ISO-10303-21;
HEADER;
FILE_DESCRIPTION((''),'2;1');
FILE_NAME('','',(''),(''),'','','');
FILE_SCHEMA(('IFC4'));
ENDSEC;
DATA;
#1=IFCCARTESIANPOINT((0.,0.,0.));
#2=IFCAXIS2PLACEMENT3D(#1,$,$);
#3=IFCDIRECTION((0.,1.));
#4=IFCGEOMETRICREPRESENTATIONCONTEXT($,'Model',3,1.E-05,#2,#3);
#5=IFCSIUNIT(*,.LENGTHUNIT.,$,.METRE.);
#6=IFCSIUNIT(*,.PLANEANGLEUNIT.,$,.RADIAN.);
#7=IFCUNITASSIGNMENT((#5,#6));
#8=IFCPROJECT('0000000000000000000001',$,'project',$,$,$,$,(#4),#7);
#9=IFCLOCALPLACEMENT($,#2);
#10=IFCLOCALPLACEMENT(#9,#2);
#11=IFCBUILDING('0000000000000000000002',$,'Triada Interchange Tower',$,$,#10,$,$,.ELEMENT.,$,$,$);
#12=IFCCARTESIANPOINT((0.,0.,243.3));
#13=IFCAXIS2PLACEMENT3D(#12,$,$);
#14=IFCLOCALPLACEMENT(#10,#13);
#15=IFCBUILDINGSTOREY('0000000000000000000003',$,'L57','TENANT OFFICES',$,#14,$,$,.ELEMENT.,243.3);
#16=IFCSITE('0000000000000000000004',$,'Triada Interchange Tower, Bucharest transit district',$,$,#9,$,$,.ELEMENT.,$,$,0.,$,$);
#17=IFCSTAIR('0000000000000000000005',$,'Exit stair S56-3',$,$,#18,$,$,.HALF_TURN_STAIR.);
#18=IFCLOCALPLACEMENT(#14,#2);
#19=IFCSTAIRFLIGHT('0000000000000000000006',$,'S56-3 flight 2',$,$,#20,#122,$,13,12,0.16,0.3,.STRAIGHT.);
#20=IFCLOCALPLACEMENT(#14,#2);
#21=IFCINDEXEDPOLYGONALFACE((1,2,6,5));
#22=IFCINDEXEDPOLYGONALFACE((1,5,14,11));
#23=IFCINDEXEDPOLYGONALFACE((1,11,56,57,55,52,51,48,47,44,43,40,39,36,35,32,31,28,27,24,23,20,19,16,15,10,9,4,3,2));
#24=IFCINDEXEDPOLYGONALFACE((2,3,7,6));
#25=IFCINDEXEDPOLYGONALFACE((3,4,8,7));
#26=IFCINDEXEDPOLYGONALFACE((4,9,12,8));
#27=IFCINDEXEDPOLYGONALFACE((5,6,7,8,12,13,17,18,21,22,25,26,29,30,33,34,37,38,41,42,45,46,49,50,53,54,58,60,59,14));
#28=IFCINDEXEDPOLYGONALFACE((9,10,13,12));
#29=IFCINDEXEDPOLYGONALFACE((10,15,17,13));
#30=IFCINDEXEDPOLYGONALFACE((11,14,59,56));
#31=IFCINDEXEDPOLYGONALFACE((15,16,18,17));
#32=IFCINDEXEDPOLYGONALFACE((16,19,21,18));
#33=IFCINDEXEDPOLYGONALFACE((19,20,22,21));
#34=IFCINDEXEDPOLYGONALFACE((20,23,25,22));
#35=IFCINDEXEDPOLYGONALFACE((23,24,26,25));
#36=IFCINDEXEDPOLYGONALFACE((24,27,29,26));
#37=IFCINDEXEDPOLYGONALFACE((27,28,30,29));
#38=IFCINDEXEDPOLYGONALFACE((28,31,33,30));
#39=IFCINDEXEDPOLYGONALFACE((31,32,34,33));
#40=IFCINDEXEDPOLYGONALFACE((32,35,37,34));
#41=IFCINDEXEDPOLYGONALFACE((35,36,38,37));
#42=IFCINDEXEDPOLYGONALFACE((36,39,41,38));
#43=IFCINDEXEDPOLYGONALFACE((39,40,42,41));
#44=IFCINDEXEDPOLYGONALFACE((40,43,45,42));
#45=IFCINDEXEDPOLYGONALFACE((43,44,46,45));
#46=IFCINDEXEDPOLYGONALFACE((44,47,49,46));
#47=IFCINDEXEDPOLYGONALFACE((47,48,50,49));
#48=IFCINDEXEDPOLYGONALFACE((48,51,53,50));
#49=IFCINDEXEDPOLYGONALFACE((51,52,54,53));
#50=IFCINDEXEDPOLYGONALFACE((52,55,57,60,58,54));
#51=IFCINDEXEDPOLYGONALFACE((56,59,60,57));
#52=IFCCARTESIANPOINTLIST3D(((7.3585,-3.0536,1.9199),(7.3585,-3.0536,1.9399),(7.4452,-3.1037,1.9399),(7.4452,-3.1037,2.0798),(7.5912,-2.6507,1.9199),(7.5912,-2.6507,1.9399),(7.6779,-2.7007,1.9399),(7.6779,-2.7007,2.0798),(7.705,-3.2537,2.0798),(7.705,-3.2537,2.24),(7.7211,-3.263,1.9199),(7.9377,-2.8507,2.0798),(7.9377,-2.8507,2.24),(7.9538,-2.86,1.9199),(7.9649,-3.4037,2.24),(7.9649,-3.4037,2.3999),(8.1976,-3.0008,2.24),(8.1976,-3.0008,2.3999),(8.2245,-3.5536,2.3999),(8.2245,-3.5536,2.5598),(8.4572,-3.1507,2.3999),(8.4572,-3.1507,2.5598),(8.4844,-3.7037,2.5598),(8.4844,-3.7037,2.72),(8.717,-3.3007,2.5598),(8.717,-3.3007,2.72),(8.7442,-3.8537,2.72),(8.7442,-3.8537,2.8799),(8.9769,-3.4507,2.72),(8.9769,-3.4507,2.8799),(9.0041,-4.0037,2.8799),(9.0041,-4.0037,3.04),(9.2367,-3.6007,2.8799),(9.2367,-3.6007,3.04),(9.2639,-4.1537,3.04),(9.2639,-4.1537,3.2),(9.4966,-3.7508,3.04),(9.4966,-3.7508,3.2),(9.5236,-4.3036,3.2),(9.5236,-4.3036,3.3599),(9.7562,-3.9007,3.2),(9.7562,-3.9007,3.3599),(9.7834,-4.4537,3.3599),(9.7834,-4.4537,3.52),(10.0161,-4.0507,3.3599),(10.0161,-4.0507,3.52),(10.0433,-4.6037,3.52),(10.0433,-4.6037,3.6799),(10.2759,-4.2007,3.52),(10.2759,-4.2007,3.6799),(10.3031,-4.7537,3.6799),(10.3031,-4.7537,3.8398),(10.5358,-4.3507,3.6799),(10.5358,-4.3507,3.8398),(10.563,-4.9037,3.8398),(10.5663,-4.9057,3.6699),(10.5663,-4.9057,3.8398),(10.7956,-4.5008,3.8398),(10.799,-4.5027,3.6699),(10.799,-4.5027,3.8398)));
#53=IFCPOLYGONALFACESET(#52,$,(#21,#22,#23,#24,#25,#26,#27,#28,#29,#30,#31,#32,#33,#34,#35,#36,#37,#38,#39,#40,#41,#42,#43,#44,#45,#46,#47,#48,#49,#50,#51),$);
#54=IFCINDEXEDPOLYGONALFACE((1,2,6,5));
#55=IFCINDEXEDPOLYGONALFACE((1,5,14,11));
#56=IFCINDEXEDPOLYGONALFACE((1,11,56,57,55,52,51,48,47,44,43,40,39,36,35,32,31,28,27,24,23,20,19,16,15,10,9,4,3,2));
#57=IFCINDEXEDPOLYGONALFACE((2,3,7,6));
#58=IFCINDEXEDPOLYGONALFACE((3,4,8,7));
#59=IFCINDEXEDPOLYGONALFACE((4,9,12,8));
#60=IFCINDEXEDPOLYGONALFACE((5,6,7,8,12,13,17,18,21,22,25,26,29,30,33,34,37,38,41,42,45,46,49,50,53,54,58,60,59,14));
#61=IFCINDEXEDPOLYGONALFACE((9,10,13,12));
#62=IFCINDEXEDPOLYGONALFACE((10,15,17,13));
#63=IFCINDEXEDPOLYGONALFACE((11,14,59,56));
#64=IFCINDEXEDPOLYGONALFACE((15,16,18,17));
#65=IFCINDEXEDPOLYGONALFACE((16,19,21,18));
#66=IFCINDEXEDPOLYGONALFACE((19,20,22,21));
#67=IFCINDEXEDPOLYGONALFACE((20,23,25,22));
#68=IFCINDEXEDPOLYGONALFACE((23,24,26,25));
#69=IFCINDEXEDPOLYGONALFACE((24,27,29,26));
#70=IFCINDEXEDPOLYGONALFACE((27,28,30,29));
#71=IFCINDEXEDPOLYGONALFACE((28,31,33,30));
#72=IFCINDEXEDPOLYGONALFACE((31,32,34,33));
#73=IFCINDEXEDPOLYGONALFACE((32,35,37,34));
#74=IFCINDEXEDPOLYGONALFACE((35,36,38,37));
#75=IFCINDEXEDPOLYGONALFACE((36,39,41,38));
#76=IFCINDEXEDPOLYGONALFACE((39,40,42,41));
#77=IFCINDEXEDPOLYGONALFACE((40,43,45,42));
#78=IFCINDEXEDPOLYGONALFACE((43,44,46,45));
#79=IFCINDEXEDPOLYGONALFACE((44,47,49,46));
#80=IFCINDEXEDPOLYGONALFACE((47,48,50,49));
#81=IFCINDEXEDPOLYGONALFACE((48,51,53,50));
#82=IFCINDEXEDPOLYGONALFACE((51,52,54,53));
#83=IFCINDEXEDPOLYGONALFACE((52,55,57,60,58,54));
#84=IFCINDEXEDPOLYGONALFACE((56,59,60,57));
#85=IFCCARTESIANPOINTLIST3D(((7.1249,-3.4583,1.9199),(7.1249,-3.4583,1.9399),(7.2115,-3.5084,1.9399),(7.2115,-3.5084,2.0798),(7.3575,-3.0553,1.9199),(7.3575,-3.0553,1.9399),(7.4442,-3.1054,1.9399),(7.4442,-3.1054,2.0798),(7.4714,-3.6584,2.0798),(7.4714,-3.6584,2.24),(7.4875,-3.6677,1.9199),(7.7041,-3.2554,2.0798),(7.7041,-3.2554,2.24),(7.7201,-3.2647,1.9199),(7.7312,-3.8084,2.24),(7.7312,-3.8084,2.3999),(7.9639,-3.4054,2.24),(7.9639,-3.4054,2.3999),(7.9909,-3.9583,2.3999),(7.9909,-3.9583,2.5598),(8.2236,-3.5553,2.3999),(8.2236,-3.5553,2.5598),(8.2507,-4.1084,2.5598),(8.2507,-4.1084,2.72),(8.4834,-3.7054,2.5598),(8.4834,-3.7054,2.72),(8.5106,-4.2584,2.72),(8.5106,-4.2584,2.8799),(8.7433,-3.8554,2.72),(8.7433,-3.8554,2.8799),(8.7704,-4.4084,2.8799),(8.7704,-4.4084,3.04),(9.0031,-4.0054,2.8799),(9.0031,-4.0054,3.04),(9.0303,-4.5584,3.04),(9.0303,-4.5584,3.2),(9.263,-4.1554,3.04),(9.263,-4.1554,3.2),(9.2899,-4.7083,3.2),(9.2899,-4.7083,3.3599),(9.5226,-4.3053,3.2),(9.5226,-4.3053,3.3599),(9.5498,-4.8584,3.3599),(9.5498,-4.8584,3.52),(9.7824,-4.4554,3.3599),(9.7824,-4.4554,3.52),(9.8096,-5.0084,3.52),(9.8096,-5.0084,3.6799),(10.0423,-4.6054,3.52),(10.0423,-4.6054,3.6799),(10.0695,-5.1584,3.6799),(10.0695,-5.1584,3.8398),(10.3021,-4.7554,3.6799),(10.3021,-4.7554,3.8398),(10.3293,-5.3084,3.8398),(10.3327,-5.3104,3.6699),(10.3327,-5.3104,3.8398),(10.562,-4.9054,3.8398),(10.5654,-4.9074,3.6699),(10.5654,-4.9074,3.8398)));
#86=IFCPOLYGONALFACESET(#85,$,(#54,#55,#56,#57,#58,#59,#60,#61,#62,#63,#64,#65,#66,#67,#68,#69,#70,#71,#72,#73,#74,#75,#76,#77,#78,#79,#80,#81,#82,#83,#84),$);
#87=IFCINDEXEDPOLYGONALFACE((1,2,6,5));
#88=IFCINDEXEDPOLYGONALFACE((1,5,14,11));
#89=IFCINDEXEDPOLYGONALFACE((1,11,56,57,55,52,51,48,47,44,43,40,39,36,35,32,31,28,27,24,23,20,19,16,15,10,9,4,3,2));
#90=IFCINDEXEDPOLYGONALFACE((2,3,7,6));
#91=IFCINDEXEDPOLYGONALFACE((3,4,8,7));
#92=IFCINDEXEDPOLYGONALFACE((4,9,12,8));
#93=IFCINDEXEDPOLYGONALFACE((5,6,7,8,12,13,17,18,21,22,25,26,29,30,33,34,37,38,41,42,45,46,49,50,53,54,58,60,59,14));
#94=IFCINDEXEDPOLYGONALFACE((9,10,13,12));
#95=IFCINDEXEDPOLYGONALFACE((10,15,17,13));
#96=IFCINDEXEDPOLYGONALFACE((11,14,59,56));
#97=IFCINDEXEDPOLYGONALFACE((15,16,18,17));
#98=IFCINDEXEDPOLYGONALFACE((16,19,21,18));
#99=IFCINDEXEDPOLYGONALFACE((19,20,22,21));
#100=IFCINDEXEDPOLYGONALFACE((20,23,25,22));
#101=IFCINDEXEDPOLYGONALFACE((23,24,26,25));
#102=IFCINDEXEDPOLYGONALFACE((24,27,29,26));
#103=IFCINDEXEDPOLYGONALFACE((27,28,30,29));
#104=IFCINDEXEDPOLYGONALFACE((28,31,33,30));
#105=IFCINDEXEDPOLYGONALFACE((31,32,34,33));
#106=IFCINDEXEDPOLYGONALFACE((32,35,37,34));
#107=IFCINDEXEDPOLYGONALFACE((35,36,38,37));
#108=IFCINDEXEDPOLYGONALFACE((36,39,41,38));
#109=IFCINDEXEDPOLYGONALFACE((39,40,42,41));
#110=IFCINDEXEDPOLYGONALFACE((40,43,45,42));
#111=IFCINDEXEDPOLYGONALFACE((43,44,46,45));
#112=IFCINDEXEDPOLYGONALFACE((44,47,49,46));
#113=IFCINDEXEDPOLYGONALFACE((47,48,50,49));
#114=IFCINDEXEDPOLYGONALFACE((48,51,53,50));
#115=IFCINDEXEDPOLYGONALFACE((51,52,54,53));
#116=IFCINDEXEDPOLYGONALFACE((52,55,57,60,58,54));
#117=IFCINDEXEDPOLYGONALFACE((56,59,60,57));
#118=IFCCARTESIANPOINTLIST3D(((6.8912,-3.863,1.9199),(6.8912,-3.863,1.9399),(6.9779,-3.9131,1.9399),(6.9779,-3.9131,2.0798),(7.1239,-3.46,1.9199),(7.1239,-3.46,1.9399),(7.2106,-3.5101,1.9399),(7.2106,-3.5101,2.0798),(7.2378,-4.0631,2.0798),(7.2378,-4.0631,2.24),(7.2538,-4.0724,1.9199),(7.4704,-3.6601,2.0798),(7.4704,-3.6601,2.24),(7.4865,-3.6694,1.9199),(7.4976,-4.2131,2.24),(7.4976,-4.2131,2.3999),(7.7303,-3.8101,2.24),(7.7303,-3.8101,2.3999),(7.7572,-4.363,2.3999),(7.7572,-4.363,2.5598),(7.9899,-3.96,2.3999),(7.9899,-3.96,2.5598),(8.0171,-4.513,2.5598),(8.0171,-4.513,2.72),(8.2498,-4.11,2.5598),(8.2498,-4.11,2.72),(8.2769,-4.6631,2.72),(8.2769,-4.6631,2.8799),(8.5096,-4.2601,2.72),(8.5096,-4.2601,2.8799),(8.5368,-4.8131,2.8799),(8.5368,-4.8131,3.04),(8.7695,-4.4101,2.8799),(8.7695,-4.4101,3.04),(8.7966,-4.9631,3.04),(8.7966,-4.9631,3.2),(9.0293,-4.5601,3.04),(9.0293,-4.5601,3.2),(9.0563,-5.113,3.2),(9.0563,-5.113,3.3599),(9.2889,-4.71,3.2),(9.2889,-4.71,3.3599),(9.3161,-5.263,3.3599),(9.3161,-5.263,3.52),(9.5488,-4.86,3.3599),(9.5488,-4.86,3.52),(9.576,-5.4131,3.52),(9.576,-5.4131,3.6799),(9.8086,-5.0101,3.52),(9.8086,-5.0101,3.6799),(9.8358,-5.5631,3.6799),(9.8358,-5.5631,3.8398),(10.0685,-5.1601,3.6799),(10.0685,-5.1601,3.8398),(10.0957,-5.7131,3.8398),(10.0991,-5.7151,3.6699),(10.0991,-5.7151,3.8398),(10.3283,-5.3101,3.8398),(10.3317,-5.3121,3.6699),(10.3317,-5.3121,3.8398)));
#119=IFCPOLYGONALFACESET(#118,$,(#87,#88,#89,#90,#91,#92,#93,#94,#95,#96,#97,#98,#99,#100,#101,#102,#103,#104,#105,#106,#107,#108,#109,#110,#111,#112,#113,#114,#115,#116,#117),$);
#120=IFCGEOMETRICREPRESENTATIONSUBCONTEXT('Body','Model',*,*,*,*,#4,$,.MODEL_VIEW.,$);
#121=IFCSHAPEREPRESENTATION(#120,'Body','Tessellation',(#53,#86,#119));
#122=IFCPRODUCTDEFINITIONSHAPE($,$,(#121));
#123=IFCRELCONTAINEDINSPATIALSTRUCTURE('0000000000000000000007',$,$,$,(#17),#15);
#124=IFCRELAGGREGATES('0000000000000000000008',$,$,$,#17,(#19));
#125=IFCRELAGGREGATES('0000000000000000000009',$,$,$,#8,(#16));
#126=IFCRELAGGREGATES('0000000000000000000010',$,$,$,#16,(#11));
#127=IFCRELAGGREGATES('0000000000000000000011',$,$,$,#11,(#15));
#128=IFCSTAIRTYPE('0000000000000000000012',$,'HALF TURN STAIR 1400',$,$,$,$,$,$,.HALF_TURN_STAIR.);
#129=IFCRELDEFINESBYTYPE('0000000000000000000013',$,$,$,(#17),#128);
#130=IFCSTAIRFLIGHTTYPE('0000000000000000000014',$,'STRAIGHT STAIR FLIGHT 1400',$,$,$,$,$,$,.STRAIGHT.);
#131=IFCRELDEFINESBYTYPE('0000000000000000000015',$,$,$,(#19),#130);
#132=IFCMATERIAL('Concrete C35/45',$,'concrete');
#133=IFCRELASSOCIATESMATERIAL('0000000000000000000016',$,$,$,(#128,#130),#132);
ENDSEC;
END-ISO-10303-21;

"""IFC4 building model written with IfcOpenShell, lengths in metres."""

from ifc_helpers import new_model, si_unit, direction, frame, origin, place, context, subcontext, project, spatial, polyline, outline, extrude, material, type_object, element, aggregate, save


model = new_model("IFC4")

# Units and contexts
model_context = context("Model", 3, precision=1e-05, world=origin(), true_north=direction((0.0, 1.0)))
body_context = subcontext(model_context, "Body", "Model", "MODEL_VIEW")
ifc_project = project(units=[si_unit("LENGTHUNIT", "METRE"), si_unit("PLANEANGLEUNIT", "RADIAN")], contexts=[model_context])

# Site, building, storey
site_placement = place(None, origin())
site = spatial("IfcSite", under=ifc_project, at=site_placement, Name="Triada Interchange Tower, Bucharest transit district", CompositionType="ELEMENT", RefElevation=0.0)
building_placement = place(site_placement, origin())
building = spatial("IfcBuilding", under=site, at=building_placement, Name="Triada Interchange Tower", CompositionType="ELEMENT")
storey_placement = place(building_placement, frame((0.0, 0.0, 243.3)))
storey = spatial("IfcBuildingStorey", under=building, at=storey_placement, Name="L57", Description="TENANT OFFICES", CompositionType="ELEMENT", Elevation=243.3)

# Stair, stair flight
ifc_material_1 = material(Name="Concrete C35/45", Category="concrete")
stair_type = type_object("IfcStairType", Name="HALF TURN STAIR 1400", PredefinedType="HALF_TURN_STAIR", material=ifc_material_1)
stair_placement = place(storey_placement, origin())
stair = element("IfcStair", 1, at=stair_placement, inside=storey, type_object=stair_type, Name="Exit stair S56-3", PredefinedType="HALF_TURN_STAIR")
stair_flight_type = type_object("IfcStairFlightType", Name="STRAIGHT STAIR FLIGHT 1400", PredefinedType="STRAIGHT", material=ifc_material_1)
stair_flight_1_placement = place(storey_placement, frame((7.3279, -3.3069, 1.9199), z_axis=(0.0, 0.0, 1.0), x_axis=(0.866025, -0.5, 0.0)))
stair_flight_1 = element("IfcStairFlight", 2, at=stair_flight_1_placement, type_object=stair_flight_type, Name="S56-3 flight 2", NumberOfRisers=13, NumberOfTreads=12, PredefinedType="STRAIGHT", RiserHeight=0.16, TreadLength=0.3, context=body_context, shape_type="SweptSolid", body=[
    extrude(outline(polyline([(-0.1001, 0.0), (-0.1001, 0.02), (0.0, 0.02), (0.0, 0.1599), (0.3, 0.1599), (0.3, 0.3201), (0.6001, 0.3201), (0.6001, 0.48), (0.8999, 0.48), (0.8999, 0.6399), (1.2, 0.6399), (1.2, 0.8), (1.5, 0.8), (1.5, 0.96), (1.8, 0.96), (1.8, 1.1201), (2.1001, 1.1201), (2.1001, 1.28), (2.3999, 1.28), (2.3999, 1.4399), (2.7, 1.4399), (2.7, 1.6001), (3.0, 1.6001), (3.0, 1.76), (3.3, 1.76), (3.3, 1.9199), (3.6001, 1.9199), (3.604, 1.9199), (3.604, 2.0801), (3.604, 1.75), (0.3186, 0.0), (-0.1001, 0.0)])), frame((0.0, 0.7, 0.0), z_axis=(0.0, -1.0, 0.0), x_axis=(1.0, 0.0, 0.0)), (0.0, 0.0, 1.0), 0.4653),
    extrude(outline(polyline([(-0.1001, 0.0), (-0.1001, 0.02), (0.0, 0.02), (0.0, 0.1599), (0.3, 0.1599), (0.3, 0.3201), (0.6001, 0.3201), (0.6001, 0.48), (0.8999, 0.48), (0.8999, 0.6399), (1.2, 0.6399), (1.2, 0.8), (1.5, 0.8), (1.5, 0.96), (1.8, 0.96), (1.8, 1.1201), (2.1001, 1.1201), (2.1001, 1.28), (2.3999, 1.28), (2.3999, 1.4399), (2.7, 1.4399), (2.7, 1.6001), (3.0, 1.6001), (3.0, 1.76), (3.3, 1.76), (3.3, 1.9199), (3.6001, 1.9199), (3.604, 1.9199), (3.604, 2.0801), (3.604, 1.75), (0.3186, 0.0), (-0.1001, 0.0)])), frame((0.0, 0.2327, 0.0), z_axis=(0.0, -1.0, 0.0), x_axis=(1.0, 0.0, 0.0)), (0.0, 0.0, 1.0), 0.4653),
    extrude(outline(polyline([(-0.1001, 0.0), (-0.1001, 0.02), (0.0, 0.02), (0.0, 0.1599), (0.3, 0.1599), (0.3, 0.3201), (0.6001, 0.3201), (0.6001, 0.48), (0.8999, 0.48), (0.8999, 0.6399), (1.2, 0.6399), (1.2, 0.8), (1.5, 0.8), (1.5, 0.96), (1.8, 0.96), (1.8, 1.1201), (2.1001, 1.1201), (2.1001, 1.28), (2.3999, 1.28), (2.3999, 1.4399), (2.7, 1.4399), (2.7, 1.6001), (3.0, 1.6001), (3.0, 1.76), (3.3, 1.76), (3.3, 1.9199), (3.6001, 1.9199), (3.604, 1.9199), (3.604, 2.0801), (3.604, 1.75), (0.3186, 0.0), (-0.1001, 0.0)])), frame((0.0, -0.2346, 0.0), z_axis=(0.0, -1.0, 0.0), x_axis=(1.0, 0.0, 0.0)), (0.0, 0.0, 1.0), 0.4653),
])
aggregate(stair, [stair_flight_1])

save(model, "model.ifc")
